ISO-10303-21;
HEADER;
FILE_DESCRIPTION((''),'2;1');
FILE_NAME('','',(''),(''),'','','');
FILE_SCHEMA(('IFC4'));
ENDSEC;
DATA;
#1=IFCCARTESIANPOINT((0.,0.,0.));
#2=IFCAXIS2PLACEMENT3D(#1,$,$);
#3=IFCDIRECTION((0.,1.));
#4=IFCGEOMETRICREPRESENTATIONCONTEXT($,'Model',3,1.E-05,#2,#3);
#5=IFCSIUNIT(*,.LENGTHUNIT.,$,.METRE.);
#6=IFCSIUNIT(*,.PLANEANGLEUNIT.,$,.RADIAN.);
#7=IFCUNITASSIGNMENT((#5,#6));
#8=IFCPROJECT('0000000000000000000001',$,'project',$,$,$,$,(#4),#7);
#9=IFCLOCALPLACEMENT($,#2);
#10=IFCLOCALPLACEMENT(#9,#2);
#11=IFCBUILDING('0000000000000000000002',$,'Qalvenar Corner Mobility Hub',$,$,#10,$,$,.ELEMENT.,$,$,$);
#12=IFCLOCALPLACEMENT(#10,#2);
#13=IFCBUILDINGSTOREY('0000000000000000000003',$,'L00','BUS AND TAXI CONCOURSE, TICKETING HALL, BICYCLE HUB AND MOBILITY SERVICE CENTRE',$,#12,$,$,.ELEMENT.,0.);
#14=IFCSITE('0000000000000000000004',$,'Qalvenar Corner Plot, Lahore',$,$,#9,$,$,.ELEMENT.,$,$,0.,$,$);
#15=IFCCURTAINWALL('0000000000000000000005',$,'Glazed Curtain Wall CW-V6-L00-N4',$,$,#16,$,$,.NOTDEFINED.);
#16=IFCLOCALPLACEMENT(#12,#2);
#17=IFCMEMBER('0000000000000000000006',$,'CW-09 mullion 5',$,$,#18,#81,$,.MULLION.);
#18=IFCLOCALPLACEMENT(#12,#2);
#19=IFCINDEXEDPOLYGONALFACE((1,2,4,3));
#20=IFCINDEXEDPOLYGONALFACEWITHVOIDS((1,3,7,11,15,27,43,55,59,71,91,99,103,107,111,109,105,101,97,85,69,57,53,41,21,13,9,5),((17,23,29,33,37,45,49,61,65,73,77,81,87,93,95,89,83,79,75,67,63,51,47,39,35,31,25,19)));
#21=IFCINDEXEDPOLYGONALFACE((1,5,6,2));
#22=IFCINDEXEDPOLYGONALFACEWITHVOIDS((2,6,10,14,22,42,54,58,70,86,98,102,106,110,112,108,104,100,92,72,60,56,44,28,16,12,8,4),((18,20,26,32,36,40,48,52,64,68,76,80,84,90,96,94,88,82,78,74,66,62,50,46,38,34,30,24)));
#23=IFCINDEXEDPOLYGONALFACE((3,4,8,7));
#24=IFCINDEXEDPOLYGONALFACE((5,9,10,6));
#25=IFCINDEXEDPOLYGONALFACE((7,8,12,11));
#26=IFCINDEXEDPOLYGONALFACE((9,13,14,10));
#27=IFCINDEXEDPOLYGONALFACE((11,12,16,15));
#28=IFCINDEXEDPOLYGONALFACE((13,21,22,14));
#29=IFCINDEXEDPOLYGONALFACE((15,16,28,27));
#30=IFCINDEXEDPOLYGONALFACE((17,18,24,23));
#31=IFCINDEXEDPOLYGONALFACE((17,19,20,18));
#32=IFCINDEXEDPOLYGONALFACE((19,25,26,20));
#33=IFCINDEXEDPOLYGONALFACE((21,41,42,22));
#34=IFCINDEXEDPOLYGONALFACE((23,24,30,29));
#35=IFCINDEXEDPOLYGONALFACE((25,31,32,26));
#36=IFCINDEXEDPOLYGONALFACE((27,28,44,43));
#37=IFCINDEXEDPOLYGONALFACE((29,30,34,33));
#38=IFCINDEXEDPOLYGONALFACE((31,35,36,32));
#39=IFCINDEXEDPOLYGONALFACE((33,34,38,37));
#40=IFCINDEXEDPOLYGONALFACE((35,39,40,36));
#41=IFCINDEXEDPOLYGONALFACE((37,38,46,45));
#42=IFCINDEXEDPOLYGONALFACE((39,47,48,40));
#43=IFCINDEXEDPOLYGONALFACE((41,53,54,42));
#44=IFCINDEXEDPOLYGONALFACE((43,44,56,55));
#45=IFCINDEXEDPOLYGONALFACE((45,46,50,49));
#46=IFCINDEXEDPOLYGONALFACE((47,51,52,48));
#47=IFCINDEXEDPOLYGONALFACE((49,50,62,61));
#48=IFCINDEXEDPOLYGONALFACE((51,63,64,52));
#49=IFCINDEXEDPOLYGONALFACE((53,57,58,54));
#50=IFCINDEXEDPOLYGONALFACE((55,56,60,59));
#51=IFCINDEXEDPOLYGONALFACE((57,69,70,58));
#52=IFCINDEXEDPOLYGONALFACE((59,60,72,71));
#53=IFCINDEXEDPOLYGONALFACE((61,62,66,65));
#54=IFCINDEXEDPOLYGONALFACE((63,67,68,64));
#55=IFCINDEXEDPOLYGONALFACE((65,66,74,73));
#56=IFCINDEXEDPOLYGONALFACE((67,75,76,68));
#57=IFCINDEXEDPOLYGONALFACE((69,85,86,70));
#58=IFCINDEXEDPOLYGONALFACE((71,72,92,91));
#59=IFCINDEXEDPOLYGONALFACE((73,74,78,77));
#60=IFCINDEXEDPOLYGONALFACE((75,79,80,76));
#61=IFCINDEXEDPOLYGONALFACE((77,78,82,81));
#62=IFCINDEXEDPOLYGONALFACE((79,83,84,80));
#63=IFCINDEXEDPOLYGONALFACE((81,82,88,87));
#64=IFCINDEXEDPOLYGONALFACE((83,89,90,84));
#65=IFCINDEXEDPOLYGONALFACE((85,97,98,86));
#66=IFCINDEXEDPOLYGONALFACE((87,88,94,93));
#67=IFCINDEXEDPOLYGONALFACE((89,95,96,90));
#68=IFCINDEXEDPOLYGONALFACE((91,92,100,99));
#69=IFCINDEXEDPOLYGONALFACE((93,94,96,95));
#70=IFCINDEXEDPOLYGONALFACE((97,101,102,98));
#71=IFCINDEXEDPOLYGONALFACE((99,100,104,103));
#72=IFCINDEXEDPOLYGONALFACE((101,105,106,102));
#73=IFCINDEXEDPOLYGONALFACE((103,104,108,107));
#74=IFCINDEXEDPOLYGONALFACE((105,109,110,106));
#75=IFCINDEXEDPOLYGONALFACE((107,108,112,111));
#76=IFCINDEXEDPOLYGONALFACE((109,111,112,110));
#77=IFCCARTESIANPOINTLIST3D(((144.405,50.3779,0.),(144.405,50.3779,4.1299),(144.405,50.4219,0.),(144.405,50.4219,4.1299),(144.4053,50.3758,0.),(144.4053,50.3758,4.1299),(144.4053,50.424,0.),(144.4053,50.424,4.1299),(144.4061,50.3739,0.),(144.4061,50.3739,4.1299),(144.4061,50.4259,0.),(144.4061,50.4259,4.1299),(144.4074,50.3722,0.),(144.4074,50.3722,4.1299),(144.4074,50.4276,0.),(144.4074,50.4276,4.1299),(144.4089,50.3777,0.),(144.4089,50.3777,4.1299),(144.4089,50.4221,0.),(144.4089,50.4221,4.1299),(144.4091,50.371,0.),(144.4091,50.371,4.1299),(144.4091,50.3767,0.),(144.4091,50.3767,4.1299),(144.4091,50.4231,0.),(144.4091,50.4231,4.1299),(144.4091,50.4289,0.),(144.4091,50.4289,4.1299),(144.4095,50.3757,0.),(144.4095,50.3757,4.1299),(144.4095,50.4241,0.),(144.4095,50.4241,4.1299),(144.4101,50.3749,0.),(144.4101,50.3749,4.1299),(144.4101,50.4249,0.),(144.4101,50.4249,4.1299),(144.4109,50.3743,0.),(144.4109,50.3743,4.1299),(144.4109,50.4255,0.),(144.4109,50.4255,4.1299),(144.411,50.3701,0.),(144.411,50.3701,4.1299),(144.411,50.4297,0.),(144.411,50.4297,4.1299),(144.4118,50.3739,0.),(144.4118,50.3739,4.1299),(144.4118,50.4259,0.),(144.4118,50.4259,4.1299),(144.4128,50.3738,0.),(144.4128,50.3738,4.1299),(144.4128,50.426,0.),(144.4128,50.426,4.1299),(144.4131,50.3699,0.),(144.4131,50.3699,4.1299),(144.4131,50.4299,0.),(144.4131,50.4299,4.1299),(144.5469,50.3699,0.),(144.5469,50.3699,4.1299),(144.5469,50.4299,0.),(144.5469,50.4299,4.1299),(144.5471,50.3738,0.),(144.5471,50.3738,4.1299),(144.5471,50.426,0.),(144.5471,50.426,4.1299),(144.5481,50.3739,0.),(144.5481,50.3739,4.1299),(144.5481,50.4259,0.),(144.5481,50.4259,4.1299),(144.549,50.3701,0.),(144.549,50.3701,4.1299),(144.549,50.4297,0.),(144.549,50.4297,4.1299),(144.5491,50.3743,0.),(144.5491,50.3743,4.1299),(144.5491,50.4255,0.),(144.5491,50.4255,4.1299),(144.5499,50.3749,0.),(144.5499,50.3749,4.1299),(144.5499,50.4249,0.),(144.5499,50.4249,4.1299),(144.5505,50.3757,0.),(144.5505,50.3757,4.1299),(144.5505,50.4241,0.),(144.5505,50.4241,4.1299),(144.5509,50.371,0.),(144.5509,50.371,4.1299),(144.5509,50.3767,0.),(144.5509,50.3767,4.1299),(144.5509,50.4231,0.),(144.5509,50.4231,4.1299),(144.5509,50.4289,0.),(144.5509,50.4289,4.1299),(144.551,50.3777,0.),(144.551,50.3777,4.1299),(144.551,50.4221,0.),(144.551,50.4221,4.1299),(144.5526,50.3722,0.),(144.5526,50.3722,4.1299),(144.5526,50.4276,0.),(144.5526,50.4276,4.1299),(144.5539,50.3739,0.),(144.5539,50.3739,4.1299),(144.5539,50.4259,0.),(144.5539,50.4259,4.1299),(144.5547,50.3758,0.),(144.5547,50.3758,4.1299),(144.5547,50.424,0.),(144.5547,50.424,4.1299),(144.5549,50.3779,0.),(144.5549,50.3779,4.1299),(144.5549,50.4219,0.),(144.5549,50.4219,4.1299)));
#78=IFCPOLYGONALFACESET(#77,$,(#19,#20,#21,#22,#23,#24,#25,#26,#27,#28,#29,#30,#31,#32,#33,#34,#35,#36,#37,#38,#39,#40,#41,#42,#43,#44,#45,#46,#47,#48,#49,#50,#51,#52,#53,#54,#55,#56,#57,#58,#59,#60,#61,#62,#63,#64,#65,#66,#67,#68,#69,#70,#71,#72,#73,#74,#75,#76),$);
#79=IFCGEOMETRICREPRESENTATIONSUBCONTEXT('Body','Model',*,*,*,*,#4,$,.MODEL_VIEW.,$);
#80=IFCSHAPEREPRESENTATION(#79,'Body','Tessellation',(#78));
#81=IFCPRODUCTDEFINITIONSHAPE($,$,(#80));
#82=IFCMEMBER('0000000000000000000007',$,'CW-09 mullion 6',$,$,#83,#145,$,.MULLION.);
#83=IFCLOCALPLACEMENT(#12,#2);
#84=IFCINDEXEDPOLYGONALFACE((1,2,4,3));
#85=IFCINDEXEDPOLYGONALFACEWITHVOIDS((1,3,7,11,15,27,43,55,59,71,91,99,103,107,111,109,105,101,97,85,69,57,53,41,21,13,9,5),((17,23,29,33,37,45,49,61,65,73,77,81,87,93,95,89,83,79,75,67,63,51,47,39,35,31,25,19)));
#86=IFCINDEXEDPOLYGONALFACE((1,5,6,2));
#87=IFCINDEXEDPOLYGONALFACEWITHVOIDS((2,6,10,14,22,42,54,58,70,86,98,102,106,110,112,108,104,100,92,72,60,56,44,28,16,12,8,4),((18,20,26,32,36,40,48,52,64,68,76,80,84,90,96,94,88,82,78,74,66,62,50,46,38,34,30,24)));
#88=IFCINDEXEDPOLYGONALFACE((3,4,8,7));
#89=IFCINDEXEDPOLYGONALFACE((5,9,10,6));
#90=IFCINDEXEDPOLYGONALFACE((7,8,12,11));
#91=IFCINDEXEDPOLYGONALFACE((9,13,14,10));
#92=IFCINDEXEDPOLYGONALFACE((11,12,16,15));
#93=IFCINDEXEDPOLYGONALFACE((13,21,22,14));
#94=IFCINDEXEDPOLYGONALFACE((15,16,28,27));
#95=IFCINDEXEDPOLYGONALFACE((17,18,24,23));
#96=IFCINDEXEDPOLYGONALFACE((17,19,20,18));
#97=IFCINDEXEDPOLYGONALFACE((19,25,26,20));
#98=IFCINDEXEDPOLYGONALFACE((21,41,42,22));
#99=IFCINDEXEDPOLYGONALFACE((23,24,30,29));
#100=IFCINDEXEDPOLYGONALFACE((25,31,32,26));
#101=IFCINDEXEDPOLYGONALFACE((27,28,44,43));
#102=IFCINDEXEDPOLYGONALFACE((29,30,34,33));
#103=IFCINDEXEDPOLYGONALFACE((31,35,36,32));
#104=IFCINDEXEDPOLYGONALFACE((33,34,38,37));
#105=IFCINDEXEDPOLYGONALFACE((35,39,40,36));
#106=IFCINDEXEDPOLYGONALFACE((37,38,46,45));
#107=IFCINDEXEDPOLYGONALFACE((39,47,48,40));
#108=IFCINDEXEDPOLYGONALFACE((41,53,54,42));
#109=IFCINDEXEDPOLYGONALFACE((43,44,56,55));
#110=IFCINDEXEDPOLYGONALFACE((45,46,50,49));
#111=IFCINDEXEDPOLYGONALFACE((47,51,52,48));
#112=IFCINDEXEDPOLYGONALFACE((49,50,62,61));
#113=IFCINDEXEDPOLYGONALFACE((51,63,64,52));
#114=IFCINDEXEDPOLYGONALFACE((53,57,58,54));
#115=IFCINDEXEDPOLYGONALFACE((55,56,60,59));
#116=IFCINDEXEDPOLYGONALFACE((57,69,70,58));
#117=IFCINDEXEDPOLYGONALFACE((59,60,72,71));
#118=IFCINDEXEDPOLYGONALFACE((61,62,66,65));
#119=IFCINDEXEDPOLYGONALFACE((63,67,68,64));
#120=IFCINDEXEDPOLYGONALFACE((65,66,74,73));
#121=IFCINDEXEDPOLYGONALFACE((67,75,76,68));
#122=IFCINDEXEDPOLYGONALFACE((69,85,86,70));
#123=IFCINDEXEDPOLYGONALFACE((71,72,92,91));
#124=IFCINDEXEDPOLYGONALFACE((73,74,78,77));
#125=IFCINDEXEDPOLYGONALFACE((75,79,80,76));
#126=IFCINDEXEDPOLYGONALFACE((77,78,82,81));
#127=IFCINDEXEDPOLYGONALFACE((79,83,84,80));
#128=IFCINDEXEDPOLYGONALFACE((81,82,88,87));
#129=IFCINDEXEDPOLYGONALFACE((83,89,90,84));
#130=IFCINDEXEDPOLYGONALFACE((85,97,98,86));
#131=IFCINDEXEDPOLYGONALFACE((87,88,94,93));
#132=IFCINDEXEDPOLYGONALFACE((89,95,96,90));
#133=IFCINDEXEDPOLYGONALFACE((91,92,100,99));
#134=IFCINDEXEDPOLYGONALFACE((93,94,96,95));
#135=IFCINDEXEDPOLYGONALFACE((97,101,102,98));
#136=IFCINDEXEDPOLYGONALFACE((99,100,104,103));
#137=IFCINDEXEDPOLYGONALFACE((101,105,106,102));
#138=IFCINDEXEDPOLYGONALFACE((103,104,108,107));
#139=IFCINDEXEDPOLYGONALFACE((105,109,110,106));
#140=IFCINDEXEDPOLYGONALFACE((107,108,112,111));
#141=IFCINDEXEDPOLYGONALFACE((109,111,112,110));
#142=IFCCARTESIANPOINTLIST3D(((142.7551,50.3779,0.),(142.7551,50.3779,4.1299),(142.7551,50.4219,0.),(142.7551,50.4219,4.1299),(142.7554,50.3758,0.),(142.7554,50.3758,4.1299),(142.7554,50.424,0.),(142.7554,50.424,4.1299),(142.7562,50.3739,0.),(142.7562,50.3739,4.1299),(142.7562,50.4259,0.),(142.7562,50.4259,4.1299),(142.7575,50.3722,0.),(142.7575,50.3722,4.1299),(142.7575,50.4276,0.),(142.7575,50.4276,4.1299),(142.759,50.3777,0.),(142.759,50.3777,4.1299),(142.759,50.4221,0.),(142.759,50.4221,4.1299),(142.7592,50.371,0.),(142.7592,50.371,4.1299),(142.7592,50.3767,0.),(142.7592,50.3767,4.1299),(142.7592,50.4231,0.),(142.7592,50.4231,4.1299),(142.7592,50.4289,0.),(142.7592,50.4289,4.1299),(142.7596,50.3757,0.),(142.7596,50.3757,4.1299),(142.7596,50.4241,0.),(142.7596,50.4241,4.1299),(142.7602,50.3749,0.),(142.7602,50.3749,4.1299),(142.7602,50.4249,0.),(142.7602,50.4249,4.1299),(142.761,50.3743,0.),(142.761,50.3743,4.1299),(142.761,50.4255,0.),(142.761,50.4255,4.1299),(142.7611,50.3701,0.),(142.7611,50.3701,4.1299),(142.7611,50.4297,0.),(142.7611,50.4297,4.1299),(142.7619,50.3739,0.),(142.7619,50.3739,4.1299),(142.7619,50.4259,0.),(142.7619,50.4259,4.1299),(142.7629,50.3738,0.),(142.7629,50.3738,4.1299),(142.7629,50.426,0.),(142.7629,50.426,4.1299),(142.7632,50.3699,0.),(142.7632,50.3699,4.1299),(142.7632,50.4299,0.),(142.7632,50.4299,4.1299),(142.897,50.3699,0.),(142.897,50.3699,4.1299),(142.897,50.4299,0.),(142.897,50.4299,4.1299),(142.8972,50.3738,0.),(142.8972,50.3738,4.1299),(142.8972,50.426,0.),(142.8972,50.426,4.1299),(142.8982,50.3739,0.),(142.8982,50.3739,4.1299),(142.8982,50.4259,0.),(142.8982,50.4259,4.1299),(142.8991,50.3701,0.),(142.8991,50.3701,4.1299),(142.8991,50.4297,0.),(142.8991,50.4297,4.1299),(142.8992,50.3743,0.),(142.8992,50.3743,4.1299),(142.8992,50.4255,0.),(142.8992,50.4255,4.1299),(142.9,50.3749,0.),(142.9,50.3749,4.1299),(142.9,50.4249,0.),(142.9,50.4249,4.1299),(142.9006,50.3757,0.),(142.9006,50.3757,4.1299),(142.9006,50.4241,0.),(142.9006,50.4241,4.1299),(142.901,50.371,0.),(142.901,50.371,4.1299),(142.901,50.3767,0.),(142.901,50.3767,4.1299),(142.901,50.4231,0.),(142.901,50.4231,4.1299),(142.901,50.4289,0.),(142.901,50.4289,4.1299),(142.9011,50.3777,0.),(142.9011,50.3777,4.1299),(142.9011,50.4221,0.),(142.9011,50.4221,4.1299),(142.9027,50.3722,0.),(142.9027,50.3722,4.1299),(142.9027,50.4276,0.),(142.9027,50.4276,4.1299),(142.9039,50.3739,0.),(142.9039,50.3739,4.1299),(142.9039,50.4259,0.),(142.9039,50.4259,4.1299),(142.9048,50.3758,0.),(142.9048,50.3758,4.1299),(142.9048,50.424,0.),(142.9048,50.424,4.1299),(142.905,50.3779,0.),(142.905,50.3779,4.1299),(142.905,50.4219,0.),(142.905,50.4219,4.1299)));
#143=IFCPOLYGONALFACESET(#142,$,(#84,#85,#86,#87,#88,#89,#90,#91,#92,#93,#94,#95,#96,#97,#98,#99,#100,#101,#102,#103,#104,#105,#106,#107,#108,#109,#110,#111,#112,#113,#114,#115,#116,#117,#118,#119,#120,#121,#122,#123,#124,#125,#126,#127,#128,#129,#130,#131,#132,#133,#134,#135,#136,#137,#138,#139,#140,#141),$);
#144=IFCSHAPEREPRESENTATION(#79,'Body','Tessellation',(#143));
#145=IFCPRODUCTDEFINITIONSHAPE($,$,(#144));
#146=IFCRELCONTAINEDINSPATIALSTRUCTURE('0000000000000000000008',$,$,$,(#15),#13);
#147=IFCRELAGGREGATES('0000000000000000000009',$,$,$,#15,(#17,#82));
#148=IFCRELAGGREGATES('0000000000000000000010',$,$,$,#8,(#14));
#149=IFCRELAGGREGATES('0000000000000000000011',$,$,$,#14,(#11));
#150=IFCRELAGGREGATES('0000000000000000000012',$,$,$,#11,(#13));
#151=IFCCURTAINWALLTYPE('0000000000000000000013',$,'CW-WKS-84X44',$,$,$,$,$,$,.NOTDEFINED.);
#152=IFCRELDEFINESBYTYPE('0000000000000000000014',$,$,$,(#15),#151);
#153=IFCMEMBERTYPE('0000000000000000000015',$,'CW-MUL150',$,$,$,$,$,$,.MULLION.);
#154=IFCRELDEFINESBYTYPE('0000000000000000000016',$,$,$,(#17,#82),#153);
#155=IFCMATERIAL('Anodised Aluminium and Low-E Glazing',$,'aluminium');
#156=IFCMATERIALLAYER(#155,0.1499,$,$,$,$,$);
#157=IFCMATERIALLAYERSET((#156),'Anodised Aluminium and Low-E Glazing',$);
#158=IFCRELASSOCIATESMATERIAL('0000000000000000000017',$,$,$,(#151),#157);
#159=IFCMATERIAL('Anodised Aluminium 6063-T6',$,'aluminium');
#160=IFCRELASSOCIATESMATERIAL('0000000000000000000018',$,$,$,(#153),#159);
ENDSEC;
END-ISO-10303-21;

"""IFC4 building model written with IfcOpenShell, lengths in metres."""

from ifc_helpers import new_model, si_unit, direction, frame, origin, origin_2d, place, context, subcontext, project, spatial, hollow_rectangle, extrude, material, layer, layer_set, material_profile, profile_set, type_object, element, aggregate, save


model = new_model("IFC4")

# Units and contexts
model_context = context("Model", 3, precision=1e-05, world=origin(), true_north=direction((0.0, 1.0)))
body_context = subcontext(model_context, "Body", "Model", "MODEL_VIEW")
ifc_project = project(units=[si_unit("LENGTHUNIT", "METRE"), si_unit("PLANEANGLEUNIT", "RADIAN")], contexts=[model_context])

# Site, building, storey
site_placement = place(None, origin())
site = spatial("IfcSite", under=ifc_project, at=site_placement, Name="Qalvenar Corner Plot, Lahore", CompositionType="ELEMENT", RefElevation=0.0)
building_placement = place(site_placement, origin())
building = spatial("IfcBuilding", under=site, at=building_placement, Name="Qalvenar Corner Mobility Hub", CompositionType="ELEMENT")
storey_placement = place(building_placement, origin())
storey = spatial("IfcBuildingStorey", under=building, at=storey_placement, Name="L00", Description="BUS AND TAXI CONCOURSE, TICKETING HALL, BICYCLE HUB AND MOBILITY SERVICE CENTRE", CompositionType="ELEMENT", Elevation=0.0)

# Shared definitions
ifc_material_1 = material(Name="Anodised Aluminium and Low-E Glazing", Category="aluminium")
ifc_layer_1 = layer(ifc_material_1, 0.1499)
ifc_layer_set_1 = layer_set([ifc_layer_1], Name="Anodised Aluminium and Low-E Glazing")
curtain_wall_type = type_object("IfcCurtainWallType", Name="CW-WKS-84X44", PredefinedType="NOTDEFINED", material=ifc_layer_set_1)
ifc_material_2 = material(Name="Anodised Aluminium 6063-T6", Category="aluminium")
ifc_material_profile_1 = material_profile(ifc_material_2, hollow_rectangle(XDim=0.0601, YDim=0.1499, WallThickness=0.0039, InnerFilletRadius=0.0039, OuterFilletRadius=0.0081, at=origin_2d()), Name="RHS150x60x4")
ifc_profile_set_1 = profile_set([ifc_material_profile_1], Name="Anodised Aluminium 6063-T6")
member_type_1 = type_object("IfcMemberType", Name="CW-MUL150", PredefinedType="MULLION", material=ifc_profile_set_1)

# Curtain wall, members
curtain_wall_1_placement = place(storey_placement, origin())
curtain_wall_1 = element("IfcCurtainWall", 1, at=curtain_wall_1_placement, inside=storey, type_object=curtain_wall_type, Name="Glazed Curtain Wall CW-V6-L00-N4", PredefinedType="NOTDEFINED")
member_1_placement = place(storey_placement, frame((144.48, 50.3999, 0.0), z_axis=(0.0, 0.0, 1.0), x_axis=(0.0, -1.0, 0.0)))
member_1 = element("IfcMember", 2, at=member_1_placement, type_object=member_type_1, Name="CW-09 mullion 5", PredefinedType="MULLION", context=body_context, shape_type="SweptSolid", body=[
    extrude(hollow_rectangle(XDim=0.0601, YDim=0.1499, WallThickness=0.0039, InnerFilletRadius=0.0039, OuterFilletRadius=0.0081, at=origin_2d()), origin(), (0.0, 0.0, 1.0), 4.1299),
])
member_2_placement = place(storey_placement, frame((142.8301, 50.3999, 0.0), z_axis=(0.0, 0.0, 1.0), x_axis=(0.0, -1.0, 0.0)))
member_2 = element("IfcMember", 3, at=member_2_placement, type_object=member_type_1, Name="CW-09 mullion 6", PredefinedType="MULLION", context=body_context, shape_type="SweptSolid", body=[
    extrude(hollow_rectangle(XDim=0.0601, YDim=0.1499, WallThickness=0.0039, InnerFilletRadius=0.0039, OuterFilletRadius=0.0081, at=origin_2d()), origin(), (0.0, 0.0, 1.0), 4.1299),
])

aggregate(curtain_wall_1, [member_1, member_2])

save(model, "model.ifc")
